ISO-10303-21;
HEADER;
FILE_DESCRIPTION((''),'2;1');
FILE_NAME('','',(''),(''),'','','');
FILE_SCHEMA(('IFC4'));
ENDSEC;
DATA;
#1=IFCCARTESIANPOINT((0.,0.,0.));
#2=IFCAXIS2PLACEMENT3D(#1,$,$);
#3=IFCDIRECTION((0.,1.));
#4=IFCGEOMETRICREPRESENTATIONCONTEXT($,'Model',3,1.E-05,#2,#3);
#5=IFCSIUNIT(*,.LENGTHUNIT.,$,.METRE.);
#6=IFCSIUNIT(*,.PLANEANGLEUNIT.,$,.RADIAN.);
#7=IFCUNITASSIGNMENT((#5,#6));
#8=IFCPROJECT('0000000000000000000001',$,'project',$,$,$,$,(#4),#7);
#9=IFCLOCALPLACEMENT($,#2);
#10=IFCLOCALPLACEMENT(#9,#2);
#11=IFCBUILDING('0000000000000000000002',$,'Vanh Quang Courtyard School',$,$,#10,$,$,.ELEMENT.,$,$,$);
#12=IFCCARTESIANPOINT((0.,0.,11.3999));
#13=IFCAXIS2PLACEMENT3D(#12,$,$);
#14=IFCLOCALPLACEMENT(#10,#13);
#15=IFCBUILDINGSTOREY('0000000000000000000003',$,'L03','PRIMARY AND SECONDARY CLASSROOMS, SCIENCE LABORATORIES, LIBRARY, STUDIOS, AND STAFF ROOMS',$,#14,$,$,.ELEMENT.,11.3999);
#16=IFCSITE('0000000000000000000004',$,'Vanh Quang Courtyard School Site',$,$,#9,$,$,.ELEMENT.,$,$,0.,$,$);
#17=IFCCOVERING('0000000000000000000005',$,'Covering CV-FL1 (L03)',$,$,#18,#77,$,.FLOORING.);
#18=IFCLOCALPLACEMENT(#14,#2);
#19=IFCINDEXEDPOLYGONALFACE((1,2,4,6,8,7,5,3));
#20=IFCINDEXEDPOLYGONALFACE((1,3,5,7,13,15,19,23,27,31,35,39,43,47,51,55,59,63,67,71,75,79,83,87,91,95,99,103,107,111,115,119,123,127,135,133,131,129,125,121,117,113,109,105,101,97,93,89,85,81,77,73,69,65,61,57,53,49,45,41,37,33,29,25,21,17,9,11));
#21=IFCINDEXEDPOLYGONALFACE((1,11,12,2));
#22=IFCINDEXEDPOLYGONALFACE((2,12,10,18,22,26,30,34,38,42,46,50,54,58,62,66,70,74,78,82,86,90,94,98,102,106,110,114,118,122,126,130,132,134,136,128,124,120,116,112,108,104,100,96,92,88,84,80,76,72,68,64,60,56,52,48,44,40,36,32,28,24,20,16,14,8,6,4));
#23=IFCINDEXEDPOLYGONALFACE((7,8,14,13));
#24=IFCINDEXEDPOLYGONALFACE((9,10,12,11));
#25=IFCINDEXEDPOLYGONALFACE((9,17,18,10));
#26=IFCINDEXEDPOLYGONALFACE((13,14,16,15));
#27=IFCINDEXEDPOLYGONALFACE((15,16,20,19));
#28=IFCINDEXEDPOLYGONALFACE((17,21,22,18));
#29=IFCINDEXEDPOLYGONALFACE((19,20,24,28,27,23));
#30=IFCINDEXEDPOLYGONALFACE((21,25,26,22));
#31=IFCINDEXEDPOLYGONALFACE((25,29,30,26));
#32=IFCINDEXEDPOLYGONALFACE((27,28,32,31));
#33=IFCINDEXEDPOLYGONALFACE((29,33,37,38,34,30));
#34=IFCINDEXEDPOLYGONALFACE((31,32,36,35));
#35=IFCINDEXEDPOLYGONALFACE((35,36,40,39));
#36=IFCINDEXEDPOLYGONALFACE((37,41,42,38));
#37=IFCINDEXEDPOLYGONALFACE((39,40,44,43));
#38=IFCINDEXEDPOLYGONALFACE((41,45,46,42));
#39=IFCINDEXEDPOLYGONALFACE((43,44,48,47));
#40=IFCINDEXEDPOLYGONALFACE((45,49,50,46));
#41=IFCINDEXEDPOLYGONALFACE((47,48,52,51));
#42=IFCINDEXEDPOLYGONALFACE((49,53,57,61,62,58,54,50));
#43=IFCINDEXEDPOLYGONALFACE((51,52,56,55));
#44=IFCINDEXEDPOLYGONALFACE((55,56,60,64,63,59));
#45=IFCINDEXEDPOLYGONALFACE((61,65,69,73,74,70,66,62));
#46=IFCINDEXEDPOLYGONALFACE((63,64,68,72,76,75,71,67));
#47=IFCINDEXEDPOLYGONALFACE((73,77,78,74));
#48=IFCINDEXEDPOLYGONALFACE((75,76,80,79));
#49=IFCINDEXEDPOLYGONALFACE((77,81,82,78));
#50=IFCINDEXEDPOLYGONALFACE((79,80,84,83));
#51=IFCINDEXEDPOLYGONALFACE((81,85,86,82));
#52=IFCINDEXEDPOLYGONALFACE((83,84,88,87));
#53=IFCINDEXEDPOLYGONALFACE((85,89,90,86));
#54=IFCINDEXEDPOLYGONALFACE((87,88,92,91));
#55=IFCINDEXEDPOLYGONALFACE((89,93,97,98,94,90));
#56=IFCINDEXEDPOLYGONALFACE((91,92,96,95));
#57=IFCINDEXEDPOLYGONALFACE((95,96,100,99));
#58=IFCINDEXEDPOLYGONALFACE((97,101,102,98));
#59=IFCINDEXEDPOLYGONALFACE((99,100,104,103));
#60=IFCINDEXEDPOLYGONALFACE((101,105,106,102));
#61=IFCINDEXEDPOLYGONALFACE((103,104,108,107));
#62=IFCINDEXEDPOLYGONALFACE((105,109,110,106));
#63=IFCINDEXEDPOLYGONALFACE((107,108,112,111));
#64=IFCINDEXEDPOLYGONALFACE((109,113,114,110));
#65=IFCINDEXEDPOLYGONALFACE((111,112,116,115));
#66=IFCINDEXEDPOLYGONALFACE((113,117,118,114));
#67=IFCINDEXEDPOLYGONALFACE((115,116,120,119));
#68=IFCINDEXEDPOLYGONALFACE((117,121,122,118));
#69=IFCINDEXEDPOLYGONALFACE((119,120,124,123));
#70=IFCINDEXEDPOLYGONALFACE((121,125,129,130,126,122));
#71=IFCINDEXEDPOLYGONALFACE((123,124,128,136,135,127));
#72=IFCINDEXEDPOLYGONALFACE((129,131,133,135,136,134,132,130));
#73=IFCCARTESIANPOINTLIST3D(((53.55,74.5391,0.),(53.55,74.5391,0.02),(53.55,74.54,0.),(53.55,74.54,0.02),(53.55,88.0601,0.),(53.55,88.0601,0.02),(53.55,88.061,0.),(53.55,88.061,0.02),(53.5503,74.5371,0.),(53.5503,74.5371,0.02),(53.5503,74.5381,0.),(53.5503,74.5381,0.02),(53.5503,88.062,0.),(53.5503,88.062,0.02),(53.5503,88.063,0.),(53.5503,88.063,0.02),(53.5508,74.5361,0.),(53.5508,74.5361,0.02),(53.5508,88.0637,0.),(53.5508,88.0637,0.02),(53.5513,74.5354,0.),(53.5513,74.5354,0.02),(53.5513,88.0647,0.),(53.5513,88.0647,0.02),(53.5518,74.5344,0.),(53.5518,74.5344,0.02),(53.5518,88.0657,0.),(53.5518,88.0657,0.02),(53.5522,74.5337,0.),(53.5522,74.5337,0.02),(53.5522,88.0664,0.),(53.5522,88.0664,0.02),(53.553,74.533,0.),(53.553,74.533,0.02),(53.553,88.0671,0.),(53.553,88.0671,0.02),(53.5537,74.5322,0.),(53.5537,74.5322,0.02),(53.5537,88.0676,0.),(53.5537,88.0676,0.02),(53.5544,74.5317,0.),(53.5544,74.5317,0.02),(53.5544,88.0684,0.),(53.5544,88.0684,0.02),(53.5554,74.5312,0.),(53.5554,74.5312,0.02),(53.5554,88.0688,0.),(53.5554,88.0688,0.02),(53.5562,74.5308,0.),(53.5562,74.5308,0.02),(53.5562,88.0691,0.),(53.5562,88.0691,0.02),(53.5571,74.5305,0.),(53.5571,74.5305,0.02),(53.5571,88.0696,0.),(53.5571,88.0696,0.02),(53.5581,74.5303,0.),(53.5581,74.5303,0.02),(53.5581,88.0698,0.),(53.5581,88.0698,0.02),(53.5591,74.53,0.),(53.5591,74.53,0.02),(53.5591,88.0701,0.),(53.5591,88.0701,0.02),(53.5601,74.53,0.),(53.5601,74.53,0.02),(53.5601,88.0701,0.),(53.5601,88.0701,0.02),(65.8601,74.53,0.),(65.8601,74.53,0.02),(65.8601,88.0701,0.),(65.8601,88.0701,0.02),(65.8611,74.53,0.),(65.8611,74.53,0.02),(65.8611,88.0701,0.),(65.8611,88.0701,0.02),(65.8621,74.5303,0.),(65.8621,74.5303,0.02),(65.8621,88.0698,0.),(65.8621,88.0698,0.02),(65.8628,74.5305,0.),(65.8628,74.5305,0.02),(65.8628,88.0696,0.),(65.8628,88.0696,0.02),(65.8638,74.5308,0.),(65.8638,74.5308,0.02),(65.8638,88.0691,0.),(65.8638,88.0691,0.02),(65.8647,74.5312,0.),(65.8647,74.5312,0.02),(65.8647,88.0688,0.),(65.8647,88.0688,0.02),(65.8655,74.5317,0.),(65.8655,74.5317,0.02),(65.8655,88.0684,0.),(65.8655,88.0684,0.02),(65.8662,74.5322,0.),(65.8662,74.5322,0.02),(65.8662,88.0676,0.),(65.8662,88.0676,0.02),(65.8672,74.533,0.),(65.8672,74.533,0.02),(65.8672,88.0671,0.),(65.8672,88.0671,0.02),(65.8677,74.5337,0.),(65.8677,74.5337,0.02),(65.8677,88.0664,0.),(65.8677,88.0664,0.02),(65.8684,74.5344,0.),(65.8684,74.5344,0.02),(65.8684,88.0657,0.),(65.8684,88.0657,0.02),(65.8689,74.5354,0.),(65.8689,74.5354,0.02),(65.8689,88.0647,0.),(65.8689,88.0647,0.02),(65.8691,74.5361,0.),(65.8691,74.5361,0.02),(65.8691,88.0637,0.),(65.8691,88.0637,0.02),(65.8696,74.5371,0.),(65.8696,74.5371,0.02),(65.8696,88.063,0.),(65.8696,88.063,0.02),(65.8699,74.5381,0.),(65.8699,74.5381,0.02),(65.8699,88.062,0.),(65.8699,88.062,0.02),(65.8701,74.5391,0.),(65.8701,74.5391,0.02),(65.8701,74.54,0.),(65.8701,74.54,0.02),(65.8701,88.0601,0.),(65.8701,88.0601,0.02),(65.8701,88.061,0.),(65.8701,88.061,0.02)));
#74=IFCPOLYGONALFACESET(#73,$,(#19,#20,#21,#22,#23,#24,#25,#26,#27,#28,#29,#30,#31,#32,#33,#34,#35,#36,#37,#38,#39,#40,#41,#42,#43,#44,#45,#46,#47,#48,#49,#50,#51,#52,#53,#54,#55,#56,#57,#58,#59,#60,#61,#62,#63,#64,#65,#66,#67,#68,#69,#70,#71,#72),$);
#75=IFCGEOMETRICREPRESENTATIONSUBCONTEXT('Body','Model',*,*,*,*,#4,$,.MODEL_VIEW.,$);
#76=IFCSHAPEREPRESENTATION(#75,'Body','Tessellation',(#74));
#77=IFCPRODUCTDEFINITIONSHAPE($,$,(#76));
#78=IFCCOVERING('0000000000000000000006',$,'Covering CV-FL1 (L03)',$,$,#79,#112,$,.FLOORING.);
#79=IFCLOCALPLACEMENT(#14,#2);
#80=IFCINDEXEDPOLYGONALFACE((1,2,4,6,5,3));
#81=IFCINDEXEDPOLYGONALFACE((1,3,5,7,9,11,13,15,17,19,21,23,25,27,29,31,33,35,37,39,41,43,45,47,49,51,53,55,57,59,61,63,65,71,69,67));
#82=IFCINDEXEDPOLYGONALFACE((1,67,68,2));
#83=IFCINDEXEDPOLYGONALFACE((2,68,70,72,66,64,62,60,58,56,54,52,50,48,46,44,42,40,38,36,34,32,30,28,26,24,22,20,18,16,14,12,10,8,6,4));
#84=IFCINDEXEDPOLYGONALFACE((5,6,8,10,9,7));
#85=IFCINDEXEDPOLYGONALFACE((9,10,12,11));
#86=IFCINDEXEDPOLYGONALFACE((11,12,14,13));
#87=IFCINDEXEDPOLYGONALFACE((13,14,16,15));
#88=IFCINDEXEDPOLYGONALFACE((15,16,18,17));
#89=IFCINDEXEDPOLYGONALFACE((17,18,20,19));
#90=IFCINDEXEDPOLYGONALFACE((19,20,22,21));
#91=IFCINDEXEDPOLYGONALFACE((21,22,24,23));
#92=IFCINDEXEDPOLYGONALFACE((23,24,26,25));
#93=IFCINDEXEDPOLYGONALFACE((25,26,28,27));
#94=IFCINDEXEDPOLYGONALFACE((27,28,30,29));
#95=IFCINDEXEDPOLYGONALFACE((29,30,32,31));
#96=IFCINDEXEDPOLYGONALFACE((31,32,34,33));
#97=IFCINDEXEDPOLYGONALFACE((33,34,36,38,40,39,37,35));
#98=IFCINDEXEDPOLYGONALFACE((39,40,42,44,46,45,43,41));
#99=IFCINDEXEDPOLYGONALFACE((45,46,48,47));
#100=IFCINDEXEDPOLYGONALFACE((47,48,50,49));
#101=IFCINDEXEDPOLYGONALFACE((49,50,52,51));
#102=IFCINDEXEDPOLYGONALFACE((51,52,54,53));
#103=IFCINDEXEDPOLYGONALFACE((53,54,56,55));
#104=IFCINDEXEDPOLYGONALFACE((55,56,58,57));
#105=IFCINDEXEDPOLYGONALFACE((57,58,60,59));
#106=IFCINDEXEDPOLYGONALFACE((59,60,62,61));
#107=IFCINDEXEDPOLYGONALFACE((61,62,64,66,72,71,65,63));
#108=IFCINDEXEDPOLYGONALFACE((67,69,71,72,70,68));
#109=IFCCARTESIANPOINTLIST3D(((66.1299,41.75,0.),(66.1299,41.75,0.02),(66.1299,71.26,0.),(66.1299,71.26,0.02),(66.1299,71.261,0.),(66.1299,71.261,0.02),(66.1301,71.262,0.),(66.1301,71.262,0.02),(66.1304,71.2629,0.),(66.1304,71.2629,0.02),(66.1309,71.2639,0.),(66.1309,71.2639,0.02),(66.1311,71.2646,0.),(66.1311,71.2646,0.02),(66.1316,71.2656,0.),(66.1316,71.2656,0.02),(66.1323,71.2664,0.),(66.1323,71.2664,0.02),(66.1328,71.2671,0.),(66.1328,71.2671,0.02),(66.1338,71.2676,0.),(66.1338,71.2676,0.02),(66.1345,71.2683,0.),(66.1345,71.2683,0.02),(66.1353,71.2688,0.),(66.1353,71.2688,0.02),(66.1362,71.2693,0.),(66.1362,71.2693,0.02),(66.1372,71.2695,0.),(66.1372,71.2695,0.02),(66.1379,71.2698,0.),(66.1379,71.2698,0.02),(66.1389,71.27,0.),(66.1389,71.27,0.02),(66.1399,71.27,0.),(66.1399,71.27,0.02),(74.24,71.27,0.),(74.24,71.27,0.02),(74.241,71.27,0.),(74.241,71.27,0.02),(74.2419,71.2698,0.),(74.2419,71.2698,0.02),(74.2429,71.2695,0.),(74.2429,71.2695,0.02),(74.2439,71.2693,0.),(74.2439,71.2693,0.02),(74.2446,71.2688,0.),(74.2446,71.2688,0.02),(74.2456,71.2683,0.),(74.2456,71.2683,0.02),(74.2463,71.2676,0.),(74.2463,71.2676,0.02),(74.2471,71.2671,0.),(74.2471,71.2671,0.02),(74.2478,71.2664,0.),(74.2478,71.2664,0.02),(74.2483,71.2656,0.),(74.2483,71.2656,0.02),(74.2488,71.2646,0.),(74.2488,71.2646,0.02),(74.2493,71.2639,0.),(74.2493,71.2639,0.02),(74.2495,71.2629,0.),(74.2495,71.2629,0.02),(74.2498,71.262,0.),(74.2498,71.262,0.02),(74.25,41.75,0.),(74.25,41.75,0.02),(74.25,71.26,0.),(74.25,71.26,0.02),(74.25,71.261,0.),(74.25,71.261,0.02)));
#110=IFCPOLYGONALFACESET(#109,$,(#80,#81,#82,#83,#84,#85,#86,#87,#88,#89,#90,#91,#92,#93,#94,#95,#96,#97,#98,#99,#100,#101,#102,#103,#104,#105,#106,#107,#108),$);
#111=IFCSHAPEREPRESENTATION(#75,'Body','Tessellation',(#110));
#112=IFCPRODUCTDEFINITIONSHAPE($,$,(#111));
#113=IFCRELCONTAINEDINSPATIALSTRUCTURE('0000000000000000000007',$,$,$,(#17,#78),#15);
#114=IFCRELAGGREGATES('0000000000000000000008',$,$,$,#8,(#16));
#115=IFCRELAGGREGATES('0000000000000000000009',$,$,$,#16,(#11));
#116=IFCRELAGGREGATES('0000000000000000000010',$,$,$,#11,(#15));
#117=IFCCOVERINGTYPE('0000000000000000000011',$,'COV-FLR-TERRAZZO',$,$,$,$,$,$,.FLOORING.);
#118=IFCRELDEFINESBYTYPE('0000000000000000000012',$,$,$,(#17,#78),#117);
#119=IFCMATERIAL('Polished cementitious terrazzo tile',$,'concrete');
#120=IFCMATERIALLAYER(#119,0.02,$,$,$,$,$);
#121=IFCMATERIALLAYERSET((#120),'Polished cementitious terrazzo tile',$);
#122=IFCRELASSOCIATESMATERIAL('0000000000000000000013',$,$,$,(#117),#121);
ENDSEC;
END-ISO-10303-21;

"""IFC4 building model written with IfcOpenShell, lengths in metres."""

from ifc_helpers import new_model, si_unit, direction, frame, origin, place, context, subcontext, project, spatial, polyline, outline, extrude, material, layer, layer_set, type_object, element, save


model = new_model("IFC4")

# Units and contexts
model_context = context("Model", 3, precision=1e-05, world=origin(), true_north=direction((0.0, 1.0)))
body_context = subcontext(model_context, "Body", "Model", "MODEL_VIEW")
ifc_project = project(units=[si_unit("LENGTHUNIT", "METRE"), si_unit("PLANEANGLEUNIT", "RADIAN")], contexts=[model_context])

# Site, building, storey
site_placement = place(None, origin())
site = spatial("IfcSite", under=ifc_project, at=site_placement, Name="Vanh Quang Courtyard School Site", CompositionType="ELEMENT", RefElevation=0.0)
building_placement = place(site_placement, origin())
building = spatial("IfcBuilding", under=site, at=building_placement, Name="Vanh Quang Courtyard School", CompositionType="ELEMENT")
storey_placement = place(building_placement, frame((0.0, 0.0, 11.3999)))
storey = spatial("IfcBuildingStorey", under=building, at=storey_placement, Name="L03", Description="PRIMARY AND SECONDARY CLASSROOMS, SCIENCE LABORATORIES, LIBRARY, STUDIOS, AND STAFF ROOMS", CompositionType="ELEMENT", Elevation=11.3999)

# Coverings
ifc_material_1 = material(Name="Polished cementitious terrazzo tile", Category="concrete")
ifc_layer_1 = layer(ifc_material_1, 0.02)
ifc_layer_set_1 = layer_set([ifc_layer_1], Name="Polished cementitious terrazzo tile")
covering_type = type_object("IfcCoveringType", Name="COV-FLR-TERRAZZO", PredefinedType="FLOORING", material=ifc_layer_set_1)
covering_1_placement = place(storey_placement, origin())
element("IfcCovering", 1, at=covering_1_placement, inside=storey, type_object=covering_type, Name="Covering CV-FL1 (L03)", PredefinedType="FLOORING", context=body_context, shape_type="SweptSolid", body=[
    extrude(outline(polyline([(53.55, 88.0601), (53.55, 88.061), (53.5503, 88.062), (53.5503, 88.063), (53.5508, 88.0637), (53.5513, 88.0647), (53.5518, 88.0657), (53.5522, 88.0664), (53.553, 88.0671), (53.5537, 88.0676), (53.5544, 88.0684), (53.5554, 88.0688), (53.5562, 88.0691), (53.5571, 88.0696), (53.5581, 88.0698), (53.5591, 88.0701), (53.5601, 88.0701), (65.8601, 88.0701), (65.8611, 88.0701), (65.8621, 88.0698), (65.8628, 88.0696), (65.8638, 88.0691), (65.8647, 88.0688), (65.8655, 88.0684), (65.8662, 88.0676), (65.8672, 88.0671), (65.8677, 88.0664), (65.8684, 88.0657), (65.8689, 88.0647), (65.8691, 88.0637), (65.8696, 88.063), (65.8699, 88.062), (65.8701, 88.061), (65.8701, 88.0601), (65.8701, 74.54), (65.8701, 74.5391), (65.8699, 74.5381), (65.8696, 74.5371), (65.8691, 74.5361), (65.8689, 74.5354), (65.8684, 74.5344), (65.8677, 74.5337), (65.8672, 74.533), (65.8662, 74.5322), (65.8655, 74.5317), (65.8647, 74.5312), (65.8638, 74.5308), (65.8628, 74.5305), (65.8621, 74.5303), (65.8611, 74.53), (65.8601, 74.53), (53.5601, 74.53), (53.5591, 74.53), (53.5581, 74.5303), (53.5571, 74.5305), (53.5562, 74.5308), (53.5554, 74.5312), (53.5544, 74.5317), (53.5537, 74.5322), (53.553, 74.533), (53.5522, 74.5337), (53.5518, 74.5344), (53.5513, 74.5354), (53.5508, 74.5361), (53.5503, 74.5371), (53.5503, 74.5381), (53.55, 74.5391), (53.55, 74.54), (53.55, 88.0601)])), origin(), (0.0, 0.0, 1.0), 0.02),
])
covering_2_placement = place(storey_placement, origin())
element("IfcCovering", 2, at=covering_2_placement, inside=storey, type_object=covering_type, Name="Covering CV-FL1 (L03)", PredefinedType="FLOORING", context=body_context, shape_type="SweptSolid", body=[
    extrude(outline(polyline([(66.1299, 71.26), (66.1299, 71.261), (66.1301, 71.262), (66.1304, 71.2629), (66.1309, 71.2639), (66.1311, 71.2646), (66.1316, 71.2656), (66.1323, 71.2664), (66.1328, 71.2671), (66.1338, 71.2676), (66.1345, 71.2683), (66.1353, 71.2688), (66.1362, 71.2693), (66.1372, 71.2695), (66.1379, 71.2698), (66.1389, 71.27), (66.1399, 71.27), (74.24, 71.27), (74.241, 71.27), (74.2419, 71.2698), (74.2429, 71.2695), (74.2439, 71.2693), (74.2446, 71.2688), (74.2456, 71.2683), (74.2463, 71.2676), (74.2471, 71.2671), (74.2478, 71.2664), (74.2483, 71.2656), (74.2488, 71.2646), (74.2493, 71.2639), (74.2495, 71.2629), (74.2498, 71.262), (74.25, 71.261), (74.25, 71.26), (74.25, 41.75), (66.1299, 41.75), (66.1299, 71.26)])), origin(), (0.0, 0.0, 1.0), 0.02),
])

save(model, "model.ifc")
